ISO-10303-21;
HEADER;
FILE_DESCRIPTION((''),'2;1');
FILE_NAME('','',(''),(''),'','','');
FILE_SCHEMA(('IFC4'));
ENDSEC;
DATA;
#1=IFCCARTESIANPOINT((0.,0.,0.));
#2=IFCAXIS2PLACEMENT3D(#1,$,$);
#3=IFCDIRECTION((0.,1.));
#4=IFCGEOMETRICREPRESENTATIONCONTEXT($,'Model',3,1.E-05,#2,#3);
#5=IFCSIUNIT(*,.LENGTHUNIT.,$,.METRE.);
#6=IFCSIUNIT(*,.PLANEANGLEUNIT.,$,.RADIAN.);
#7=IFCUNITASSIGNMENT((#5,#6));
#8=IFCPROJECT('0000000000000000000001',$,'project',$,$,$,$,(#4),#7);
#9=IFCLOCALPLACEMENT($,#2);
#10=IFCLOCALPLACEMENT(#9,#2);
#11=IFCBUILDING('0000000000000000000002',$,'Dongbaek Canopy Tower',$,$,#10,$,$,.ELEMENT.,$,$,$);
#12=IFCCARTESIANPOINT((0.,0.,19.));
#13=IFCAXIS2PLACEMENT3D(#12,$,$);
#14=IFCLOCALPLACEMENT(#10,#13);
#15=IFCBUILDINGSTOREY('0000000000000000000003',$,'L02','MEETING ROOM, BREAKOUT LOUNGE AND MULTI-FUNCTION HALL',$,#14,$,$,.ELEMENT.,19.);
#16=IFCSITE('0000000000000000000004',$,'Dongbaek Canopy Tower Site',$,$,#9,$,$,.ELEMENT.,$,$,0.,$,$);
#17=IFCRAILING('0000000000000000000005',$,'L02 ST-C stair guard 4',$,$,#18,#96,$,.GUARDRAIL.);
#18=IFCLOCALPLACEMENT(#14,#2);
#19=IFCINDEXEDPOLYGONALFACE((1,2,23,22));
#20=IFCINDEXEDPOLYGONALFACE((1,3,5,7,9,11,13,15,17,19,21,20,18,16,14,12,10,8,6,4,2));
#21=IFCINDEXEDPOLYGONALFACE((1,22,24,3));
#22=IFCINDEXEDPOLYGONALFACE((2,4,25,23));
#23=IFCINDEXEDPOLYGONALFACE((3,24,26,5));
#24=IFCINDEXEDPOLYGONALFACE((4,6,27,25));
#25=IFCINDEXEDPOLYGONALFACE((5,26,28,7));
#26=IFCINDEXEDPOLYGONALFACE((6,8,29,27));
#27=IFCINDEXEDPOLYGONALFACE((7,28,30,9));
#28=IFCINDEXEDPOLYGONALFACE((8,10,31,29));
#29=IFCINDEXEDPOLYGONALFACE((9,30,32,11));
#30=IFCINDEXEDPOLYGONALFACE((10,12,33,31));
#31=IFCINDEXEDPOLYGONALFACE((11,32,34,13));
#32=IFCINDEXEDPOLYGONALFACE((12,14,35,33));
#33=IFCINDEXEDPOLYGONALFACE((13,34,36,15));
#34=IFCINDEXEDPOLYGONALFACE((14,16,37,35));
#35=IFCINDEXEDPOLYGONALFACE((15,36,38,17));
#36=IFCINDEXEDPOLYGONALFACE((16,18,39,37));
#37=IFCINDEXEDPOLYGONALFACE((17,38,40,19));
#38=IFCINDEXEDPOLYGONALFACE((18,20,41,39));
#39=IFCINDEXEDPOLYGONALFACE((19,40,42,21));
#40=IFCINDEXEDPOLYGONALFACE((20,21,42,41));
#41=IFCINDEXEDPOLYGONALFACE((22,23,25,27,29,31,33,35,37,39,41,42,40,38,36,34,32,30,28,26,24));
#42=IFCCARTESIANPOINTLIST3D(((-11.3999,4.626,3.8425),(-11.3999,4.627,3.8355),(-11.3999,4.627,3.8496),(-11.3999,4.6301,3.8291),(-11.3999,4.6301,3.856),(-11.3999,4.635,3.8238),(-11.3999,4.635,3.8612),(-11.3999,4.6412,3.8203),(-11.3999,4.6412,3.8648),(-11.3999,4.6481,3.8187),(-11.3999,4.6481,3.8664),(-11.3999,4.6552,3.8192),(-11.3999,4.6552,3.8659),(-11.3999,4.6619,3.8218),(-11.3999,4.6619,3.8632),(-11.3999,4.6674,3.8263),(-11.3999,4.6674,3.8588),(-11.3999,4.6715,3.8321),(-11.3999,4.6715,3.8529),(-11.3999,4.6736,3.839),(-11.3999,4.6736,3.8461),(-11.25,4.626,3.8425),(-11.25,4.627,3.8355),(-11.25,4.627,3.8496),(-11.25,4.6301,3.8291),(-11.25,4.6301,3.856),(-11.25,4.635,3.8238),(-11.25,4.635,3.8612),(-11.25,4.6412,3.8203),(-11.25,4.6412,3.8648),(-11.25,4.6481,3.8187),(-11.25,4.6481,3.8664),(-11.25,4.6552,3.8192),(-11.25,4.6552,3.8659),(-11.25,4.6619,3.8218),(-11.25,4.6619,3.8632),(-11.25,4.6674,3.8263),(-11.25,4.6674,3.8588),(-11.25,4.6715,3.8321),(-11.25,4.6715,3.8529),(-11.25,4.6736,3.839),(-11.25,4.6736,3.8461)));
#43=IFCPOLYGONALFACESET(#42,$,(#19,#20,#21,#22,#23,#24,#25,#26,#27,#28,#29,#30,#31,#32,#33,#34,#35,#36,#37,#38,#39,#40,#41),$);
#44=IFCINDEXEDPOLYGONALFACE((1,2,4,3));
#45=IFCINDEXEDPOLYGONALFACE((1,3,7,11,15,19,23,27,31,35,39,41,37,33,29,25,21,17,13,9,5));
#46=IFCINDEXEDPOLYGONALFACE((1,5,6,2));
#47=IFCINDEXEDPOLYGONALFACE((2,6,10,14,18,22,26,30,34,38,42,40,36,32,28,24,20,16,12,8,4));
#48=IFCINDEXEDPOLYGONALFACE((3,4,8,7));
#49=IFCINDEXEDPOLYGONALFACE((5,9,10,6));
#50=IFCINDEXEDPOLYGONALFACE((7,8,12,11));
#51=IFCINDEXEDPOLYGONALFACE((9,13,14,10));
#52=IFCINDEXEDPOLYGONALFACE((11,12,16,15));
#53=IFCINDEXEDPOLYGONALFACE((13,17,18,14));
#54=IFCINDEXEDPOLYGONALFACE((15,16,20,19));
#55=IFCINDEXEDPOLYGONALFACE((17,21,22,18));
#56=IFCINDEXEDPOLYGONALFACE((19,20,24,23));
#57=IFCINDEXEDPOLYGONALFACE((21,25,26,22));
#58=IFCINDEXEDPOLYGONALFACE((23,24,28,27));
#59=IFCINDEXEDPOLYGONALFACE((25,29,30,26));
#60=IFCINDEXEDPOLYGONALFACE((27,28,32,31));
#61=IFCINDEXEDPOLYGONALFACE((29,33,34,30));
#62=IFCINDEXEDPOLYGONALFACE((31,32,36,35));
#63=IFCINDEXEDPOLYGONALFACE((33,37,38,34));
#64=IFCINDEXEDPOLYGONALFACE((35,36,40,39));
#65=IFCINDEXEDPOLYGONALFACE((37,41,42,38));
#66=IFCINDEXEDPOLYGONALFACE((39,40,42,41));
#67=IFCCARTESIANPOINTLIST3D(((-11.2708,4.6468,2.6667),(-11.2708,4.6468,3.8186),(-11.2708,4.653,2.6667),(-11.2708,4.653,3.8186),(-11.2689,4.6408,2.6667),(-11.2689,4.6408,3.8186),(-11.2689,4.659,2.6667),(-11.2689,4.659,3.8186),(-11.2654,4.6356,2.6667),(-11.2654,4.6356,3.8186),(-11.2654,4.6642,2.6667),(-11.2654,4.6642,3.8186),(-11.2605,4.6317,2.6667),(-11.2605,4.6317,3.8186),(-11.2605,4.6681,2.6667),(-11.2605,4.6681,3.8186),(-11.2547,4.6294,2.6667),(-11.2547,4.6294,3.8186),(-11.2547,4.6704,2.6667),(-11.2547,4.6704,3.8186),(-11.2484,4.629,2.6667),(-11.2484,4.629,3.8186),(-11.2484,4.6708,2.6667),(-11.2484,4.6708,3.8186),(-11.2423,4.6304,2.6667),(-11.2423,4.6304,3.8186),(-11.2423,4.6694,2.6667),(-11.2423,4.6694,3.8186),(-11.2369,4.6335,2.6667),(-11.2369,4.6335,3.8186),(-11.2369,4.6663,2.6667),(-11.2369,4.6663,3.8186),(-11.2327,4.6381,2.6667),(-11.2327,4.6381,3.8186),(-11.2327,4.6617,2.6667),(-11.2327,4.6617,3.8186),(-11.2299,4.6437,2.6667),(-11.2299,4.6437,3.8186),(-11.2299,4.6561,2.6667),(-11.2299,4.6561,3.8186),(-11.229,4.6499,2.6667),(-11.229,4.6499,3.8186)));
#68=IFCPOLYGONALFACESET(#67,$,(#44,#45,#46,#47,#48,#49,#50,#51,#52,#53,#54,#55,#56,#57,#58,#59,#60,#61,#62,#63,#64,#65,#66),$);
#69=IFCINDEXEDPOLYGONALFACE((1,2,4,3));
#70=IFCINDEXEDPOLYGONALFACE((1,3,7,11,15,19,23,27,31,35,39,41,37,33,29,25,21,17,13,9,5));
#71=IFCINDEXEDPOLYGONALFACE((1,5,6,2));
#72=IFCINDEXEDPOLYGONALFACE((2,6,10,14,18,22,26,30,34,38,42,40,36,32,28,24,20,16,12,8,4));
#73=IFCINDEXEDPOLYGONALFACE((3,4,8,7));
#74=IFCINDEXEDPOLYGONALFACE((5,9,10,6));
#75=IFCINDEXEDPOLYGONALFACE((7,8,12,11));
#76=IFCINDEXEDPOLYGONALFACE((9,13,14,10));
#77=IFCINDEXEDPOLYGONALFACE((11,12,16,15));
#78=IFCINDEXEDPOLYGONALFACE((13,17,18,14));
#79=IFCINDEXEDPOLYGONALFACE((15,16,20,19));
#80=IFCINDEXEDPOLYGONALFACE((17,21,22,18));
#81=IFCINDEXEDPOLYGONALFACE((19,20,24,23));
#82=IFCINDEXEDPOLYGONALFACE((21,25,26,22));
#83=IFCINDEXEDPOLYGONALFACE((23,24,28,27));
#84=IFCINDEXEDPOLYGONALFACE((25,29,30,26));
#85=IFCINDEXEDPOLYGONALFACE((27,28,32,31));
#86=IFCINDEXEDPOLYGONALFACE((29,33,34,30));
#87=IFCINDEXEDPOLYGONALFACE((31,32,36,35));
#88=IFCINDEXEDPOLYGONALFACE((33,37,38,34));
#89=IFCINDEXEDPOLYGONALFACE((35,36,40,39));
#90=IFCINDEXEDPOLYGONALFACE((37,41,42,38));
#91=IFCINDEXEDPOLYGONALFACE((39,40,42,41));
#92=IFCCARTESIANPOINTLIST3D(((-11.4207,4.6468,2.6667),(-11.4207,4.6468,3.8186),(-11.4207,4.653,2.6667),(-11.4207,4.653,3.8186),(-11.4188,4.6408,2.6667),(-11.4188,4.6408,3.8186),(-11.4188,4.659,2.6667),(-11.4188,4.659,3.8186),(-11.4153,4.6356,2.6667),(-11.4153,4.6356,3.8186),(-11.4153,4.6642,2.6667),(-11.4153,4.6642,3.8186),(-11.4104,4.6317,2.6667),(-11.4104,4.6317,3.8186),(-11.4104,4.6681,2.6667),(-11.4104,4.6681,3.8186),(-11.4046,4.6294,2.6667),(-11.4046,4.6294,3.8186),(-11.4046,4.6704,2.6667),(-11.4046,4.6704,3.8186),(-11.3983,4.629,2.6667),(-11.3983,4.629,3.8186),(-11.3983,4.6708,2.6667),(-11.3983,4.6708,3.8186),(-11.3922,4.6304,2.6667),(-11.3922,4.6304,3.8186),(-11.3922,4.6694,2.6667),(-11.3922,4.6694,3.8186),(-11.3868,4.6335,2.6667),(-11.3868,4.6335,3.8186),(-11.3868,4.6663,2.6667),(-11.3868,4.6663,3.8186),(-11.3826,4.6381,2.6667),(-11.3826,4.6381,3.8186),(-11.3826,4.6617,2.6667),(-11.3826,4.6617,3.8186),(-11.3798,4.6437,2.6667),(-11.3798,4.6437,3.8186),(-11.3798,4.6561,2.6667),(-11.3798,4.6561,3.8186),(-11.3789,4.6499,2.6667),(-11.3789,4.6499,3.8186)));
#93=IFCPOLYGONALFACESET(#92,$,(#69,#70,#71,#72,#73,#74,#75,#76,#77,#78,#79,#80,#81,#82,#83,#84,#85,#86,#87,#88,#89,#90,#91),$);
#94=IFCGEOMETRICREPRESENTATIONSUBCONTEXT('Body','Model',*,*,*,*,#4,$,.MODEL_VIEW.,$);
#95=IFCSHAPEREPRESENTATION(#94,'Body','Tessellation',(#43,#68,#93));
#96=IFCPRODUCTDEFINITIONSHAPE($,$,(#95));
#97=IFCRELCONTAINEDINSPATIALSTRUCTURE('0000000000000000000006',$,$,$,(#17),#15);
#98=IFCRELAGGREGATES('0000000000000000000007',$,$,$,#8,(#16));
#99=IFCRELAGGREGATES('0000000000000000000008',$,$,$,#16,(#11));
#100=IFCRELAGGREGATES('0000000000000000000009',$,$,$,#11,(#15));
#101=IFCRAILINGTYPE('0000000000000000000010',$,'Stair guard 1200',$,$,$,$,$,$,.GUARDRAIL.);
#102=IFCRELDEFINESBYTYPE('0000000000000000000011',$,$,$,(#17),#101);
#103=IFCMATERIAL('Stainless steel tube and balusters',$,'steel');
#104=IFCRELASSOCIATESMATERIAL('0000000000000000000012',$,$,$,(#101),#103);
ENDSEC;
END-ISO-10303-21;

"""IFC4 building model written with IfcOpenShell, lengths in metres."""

from ifc_helpers import new_model, si_unit, direction, frame, origin, origin_2d, place, context, subcontext, project, spatial, circle, extrude, material, type_object, element, save


model = new_model("IFC4")

# Units and contexts
model_context = context("Model", 3, precision=1e-05, world=origin(), true_north=direction((0.0, 1.0)))
body_context = subcontext(model_context, "Body", "Model", "MODEL_VIEW")
ifc_project = project(units=[si_unit("LENGTHUNIT", "METRE"), si_unit("PLANEANGLEUNIT", "RADIAN")], contexts=[model_context])

# Site, building, storey
site_placement = place(None, origin())
site = spatial("IfcSite", under=ifc_project, at=site_placement, Name="Dongbaek Canopy Tower Site", CompositionType="ELEMENT", RefElevation=0.0)
building_placement = place(site_placement, origin())
building = spatial("IfcBuilding", under=site, at=building_placement, Name="Dongbaek Canopy Tower", CompositionType="ELEMENT")
storey_placement = place(building_placement, frame((0.0, 0.0, 19.0)))
storey = spatial("IfcBuildingStorey", under=building, at=storey_placement, Name="L02", Description="MEETING ROOM, BREAKOUT LOUNGE AND MULTI-FUNCTION HALL", CompositionType="ELEMENT", Elevation=19.0)

# Railing
ifc_material_1 = material(Name="Stainless steel tube and balusters", Category="steel")
railing_type_1 = type_object("IfcRailingType", Name="Stair guard 1200", PredefinedType="GUARDRAIL", material=ifc_material_1)
railing_1_placement = place(storey_placement, frame((-11.25, 4.6499, 2.6667)))
element("IfcRailing", 1, at=railing_1_placement, inside=storey, type_object=railing_type_1, Name="L02 ST-C stair guard 4", PredefinedType="GUARDRAIL", context=body_context, shape_type="SweptSolid", body=[
    extrude(circle(Radius=0.0239, at=origin_2d()), frame((0.0, 0.0, 1.1758), z_axis=(-1.0, 0.0, 0.0), x_axis=(0.0, -1.0, 0.0)), (0.0, 0.0, 1.0), 0.1499),
    extrude(circle(Radius=0.021, at=origin_2d()), origin(), (0.0, 0.0, 1.0), 1.1519),
    extrude(circle(Radius=0.021, at=origin_2d()), frame((-0.1499, 0.0, 0.0)), (0.0, 0.0, 1.0), 1.1519),
])

save(model, "model.ifc")
